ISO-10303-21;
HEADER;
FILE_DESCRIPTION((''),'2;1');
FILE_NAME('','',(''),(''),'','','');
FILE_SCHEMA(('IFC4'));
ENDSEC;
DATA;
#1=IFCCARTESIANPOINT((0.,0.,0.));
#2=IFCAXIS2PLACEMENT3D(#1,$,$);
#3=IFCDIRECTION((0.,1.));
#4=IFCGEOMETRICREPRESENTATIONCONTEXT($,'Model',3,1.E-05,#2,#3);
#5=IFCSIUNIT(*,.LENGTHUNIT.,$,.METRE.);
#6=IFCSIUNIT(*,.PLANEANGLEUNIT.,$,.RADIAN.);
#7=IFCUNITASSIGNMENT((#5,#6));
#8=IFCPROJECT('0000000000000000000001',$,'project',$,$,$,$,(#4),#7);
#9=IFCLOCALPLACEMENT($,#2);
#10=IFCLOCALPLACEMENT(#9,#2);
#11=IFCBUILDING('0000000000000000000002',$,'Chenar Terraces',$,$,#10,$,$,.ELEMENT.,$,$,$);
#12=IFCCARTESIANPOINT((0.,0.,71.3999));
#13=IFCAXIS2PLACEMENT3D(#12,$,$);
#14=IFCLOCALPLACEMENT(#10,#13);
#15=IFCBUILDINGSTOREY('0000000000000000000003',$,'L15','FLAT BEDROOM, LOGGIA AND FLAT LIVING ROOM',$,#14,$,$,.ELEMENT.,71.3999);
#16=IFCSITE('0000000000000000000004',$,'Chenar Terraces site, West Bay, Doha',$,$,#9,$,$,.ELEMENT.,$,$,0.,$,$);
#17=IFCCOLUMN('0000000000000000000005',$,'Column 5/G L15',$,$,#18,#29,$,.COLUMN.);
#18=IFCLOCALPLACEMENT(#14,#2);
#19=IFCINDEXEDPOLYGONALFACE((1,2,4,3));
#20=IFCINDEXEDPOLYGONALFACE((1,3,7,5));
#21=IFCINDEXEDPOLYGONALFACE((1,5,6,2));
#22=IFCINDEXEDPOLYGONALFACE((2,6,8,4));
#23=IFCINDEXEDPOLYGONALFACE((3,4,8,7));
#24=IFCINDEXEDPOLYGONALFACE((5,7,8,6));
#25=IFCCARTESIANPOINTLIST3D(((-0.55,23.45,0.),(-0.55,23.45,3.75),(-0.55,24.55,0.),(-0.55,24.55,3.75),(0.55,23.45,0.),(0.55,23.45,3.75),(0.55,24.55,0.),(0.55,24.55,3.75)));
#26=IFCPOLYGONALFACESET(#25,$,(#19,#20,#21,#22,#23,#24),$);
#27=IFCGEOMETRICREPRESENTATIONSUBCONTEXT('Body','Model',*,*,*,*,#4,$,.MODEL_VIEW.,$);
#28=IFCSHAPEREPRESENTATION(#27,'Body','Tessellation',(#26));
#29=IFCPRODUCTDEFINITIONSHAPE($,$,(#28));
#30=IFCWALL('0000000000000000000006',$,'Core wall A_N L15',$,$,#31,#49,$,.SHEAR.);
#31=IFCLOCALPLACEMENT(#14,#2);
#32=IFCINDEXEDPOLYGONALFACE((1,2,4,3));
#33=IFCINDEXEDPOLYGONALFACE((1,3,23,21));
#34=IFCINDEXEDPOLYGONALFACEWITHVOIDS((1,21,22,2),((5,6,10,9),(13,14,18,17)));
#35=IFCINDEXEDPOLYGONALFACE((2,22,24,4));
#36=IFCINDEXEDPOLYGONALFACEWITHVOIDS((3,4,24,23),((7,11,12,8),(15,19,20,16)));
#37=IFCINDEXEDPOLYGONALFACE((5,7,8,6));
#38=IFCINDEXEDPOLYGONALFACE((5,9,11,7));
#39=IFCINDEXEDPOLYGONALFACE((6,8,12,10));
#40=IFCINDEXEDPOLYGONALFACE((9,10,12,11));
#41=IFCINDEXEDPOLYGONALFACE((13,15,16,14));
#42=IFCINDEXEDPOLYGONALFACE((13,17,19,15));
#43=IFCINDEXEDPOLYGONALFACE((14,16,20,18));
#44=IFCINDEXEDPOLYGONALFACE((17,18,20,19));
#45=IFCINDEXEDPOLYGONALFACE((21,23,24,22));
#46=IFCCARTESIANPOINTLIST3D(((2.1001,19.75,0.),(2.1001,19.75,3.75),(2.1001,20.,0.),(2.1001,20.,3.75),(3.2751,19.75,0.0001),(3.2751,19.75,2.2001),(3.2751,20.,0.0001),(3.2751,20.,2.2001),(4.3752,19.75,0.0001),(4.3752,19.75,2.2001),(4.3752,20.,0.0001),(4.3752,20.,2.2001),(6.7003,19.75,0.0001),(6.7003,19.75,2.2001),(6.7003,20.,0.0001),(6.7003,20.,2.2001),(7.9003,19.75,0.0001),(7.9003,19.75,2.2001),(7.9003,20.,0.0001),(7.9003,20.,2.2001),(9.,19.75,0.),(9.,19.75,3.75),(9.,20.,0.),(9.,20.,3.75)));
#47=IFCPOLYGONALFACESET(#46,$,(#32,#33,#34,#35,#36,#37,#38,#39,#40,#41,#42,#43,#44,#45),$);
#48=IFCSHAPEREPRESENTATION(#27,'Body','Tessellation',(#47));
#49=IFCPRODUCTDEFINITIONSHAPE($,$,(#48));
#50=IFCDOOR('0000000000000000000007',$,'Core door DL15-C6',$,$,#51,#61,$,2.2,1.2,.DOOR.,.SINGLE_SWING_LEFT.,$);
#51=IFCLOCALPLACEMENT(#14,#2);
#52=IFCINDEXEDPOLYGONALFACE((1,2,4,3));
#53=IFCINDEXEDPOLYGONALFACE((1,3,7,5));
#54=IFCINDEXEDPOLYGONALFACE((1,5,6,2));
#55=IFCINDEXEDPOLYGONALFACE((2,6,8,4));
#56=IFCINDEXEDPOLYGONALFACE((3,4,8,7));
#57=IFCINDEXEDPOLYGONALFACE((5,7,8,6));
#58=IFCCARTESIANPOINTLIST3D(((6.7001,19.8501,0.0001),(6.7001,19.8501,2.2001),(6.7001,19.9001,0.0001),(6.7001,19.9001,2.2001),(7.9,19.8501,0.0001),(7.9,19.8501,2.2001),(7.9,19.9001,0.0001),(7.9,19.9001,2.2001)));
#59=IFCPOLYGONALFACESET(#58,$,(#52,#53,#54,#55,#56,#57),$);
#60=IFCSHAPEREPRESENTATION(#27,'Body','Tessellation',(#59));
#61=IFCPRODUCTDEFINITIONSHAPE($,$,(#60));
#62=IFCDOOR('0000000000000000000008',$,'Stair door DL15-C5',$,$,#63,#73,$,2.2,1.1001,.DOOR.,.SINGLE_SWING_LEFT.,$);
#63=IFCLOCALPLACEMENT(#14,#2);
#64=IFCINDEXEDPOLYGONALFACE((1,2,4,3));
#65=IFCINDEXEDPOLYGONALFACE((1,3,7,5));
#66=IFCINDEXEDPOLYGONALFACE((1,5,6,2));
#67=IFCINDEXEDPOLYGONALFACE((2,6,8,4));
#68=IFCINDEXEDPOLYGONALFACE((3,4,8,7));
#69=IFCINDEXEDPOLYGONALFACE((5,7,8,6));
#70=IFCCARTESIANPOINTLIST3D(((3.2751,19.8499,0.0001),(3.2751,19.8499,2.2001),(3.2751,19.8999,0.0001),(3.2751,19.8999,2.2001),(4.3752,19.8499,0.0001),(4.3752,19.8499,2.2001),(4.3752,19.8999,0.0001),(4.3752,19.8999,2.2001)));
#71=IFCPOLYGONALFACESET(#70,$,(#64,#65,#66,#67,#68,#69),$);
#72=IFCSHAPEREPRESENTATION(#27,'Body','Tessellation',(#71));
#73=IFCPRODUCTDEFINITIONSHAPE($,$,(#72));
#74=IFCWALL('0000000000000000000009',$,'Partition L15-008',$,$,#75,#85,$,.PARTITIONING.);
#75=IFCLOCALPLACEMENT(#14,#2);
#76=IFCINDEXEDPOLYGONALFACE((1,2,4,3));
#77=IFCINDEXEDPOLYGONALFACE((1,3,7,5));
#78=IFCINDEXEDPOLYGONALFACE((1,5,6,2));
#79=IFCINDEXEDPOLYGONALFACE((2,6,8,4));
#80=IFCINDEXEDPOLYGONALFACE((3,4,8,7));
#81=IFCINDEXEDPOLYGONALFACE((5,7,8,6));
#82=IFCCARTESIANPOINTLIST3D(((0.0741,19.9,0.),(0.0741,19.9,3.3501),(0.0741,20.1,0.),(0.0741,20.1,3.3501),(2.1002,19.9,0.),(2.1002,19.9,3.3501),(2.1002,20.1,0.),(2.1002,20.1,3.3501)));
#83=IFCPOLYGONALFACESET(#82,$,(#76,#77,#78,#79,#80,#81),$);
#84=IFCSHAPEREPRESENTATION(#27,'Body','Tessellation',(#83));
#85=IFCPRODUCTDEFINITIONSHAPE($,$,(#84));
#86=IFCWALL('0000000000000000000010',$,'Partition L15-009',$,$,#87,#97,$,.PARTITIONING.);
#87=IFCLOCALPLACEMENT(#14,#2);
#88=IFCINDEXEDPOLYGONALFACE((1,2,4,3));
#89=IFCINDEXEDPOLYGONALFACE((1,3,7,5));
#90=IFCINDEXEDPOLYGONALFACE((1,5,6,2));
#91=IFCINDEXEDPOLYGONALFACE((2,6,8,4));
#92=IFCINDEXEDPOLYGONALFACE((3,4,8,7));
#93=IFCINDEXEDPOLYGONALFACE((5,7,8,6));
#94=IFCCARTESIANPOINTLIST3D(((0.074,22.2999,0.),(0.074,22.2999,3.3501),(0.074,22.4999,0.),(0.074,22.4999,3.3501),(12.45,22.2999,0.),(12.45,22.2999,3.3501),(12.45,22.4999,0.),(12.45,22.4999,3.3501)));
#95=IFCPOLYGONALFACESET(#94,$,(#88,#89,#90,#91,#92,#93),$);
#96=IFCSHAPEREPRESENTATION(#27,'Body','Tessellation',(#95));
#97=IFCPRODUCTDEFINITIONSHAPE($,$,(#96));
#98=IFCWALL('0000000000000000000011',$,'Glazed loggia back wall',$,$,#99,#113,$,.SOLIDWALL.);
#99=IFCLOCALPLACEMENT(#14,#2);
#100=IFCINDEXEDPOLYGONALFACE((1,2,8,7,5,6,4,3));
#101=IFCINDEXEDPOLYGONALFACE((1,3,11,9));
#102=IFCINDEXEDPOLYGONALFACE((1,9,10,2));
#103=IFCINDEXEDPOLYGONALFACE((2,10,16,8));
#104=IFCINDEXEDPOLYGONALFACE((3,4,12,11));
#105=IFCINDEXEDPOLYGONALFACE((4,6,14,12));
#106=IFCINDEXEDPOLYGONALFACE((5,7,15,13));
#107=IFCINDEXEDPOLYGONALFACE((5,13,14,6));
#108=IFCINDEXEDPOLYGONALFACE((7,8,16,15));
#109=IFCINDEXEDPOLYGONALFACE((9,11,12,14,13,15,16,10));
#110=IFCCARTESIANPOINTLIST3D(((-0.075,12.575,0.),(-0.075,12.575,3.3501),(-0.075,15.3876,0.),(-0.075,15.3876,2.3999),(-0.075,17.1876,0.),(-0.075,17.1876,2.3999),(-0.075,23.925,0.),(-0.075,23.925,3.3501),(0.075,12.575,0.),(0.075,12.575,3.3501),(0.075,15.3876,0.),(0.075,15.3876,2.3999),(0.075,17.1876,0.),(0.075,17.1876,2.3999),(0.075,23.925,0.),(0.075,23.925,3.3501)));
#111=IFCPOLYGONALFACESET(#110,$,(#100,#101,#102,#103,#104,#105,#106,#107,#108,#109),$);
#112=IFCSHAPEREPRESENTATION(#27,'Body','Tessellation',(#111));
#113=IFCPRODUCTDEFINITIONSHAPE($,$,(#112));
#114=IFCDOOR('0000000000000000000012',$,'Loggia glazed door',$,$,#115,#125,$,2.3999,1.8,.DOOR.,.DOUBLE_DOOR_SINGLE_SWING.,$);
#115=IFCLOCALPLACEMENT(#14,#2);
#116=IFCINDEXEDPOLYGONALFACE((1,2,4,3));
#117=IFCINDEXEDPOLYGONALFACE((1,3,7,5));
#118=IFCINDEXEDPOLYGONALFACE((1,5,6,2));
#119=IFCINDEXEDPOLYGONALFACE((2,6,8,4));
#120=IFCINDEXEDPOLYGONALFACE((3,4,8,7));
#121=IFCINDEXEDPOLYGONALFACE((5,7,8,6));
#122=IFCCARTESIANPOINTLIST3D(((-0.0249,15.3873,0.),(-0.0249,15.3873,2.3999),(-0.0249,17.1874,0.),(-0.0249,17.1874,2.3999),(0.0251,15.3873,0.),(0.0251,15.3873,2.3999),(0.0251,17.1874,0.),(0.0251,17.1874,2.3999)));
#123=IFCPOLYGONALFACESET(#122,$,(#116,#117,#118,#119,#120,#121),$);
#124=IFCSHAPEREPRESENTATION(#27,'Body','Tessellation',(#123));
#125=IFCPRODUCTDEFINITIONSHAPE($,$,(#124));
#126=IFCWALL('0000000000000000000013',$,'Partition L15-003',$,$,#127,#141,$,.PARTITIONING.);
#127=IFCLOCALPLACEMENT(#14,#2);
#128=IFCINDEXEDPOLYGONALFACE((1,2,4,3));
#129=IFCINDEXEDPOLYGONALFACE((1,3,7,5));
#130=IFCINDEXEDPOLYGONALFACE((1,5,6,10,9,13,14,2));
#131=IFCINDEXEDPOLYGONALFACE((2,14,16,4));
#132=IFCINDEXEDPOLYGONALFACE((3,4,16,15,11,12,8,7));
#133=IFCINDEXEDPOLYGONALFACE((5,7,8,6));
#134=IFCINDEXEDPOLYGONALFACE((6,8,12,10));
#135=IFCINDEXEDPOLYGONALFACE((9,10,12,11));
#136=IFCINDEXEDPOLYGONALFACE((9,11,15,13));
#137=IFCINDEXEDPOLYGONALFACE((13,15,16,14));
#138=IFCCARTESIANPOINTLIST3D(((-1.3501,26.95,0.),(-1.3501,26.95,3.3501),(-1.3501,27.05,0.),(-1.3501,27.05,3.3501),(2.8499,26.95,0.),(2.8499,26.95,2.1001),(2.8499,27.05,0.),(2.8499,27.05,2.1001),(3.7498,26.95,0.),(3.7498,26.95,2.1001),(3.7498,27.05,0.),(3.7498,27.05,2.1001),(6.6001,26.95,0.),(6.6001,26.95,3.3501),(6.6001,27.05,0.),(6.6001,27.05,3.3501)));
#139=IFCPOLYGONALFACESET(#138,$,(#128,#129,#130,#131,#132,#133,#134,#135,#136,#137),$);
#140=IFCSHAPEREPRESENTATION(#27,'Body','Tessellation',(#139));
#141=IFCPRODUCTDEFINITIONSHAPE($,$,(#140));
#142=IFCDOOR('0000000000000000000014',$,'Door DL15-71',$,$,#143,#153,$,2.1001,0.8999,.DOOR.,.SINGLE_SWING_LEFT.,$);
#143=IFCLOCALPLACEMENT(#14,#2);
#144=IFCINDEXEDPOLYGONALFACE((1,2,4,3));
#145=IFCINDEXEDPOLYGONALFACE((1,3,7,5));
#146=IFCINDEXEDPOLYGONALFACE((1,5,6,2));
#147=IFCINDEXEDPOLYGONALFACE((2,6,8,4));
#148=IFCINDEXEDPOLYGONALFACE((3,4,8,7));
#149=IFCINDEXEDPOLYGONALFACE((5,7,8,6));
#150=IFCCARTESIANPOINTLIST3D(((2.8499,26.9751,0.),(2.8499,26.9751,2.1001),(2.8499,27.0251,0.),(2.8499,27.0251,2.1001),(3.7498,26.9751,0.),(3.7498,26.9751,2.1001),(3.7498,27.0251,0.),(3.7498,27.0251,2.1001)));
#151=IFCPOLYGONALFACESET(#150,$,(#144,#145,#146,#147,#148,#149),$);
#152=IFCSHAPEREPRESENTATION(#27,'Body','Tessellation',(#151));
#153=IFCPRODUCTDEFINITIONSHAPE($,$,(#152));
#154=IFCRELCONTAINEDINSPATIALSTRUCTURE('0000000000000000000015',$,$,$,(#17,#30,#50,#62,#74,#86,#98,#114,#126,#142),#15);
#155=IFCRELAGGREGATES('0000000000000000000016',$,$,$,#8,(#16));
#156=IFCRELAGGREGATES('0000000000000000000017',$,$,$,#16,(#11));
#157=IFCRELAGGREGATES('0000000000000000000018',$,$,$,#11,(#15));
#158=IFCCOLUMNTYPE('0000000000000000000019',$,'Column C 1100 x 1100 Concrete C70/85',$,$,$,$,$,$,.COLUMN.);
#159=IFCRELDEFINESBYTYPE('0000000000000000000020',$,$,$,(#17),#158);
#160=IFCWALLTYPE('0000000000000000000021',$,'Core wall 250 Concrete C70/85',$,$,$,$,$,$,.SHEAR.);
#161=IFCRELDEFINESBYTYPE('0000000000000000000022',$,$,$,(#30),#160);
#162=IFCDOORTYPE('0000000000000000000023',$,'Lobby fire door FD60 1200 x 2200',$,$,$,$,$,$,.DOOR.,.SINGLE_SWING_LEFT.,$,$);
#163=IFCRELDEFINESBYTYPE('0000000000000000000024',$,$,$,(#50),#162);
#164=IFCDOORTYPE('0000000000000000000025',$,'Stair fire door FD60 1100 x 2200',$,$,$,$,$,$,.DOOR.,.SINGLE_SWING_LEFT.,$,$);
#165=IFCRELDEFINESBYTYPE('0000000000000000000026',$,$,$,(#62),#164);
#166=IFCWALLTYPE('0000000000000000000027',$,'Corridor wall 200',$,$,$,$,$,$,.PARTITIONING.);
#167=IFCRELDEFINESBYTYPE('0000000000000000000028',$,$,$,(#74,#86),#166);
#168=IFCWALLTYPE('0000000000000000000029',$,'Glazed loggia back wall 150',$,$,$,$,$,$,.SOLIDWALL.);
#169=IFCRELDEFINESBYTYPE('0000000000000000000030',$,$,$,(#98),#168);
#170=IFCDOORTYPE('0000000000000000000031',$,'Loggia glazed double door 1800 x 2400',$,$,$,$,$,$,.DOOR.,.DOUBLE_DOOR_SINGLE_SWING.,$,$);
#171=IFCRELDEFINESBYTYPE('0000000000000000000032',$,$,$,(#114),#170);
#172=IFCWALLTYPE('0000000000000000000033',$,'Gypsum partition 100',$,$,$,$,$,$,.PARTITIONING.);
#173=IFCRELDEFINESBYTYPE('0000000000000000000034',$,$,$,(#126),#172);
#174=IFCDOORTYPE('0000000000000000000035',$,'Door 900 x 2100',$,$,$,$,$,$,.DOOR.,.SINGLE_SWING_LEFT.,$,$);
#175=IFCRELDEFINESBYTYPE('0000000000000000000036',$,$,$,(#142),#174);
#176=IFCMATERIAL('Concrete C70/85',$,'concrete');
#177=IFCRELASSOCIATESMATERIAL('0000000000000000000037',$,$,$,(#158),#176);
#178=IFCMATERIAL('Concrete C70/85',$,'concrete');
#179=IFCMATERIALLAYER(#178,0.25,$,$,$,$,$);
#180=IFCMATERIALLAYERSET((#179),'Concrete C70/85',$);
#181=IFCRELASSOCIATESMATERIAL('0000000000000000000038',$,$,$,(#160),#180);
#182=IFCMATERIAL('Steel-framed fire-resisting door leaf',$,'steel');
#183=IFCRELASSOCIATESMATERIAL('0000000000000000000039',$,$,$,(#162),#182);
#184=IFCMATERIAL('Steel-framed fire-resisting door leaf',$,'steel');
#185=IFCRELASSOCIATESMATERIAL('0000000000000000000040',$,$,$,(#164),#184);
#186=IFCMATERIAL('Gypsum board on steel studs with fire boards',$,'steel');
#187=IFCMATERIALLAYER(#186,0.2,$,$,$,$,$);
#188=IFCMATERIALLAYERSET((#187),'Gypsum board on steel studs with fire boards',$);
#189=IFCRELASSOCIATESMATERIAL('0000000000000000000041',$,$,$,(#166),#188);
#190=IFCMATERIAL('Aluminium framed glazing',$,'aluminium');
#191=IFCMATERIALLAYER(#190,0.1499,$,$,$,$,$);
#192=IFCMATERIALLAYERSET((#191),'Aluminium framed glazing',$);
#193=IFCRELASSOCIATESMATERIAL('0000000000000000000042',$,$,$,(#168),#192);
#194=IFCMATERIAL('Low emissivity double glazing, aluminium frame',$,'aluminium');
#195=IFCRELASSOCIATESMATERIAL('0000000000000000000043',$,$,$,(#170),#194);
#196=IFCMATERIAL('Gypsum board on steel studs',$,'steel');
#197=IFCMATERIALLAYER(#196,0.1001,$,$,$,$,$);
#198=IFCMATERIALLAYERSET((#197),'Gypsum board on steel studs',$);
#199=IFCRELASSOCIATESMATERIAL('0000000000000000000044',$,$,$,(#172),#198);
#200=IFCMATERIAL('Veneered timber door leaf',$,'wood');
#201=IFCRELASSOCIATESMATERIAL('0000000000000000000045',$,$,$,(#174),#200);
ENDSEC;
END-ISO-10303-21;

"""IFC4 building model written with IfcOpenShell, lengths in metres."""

from ifc_helpers import new_model, si_unit, direction, frame, frame_2d, origin, origin_2d, place, context, subcontext, project, spatial, rectangle, extrude, material, layer, layer_set, material_profile, profile_set, type_object, element, fill, save


model = new_model("IFC4")

# Units and contexts
model_context = context("Model", 3, precision=1e-05, world=origin(), true_north=direction((0.0, 1.0)))
body_context = subcontext(model_context, "Body", "Model", "MODEL_VIEW")
ifc_project = project(units=[si_unit("LENGTHUNIT", "METRE"), si_unit("PLANEANGLEUNIT", "RADIAN")], contexts=[model_context])

# Site, building, storey
site_placement = place(None, origin())
site = spatial("IfcSite", under=ifc_project, at=site_placement, Name="Chenar Terraces site, West Bay, Doha", CompositionType="ELEMENT", RefElevation=0.0)
building_placement = place(site_placement, origin())
building = spatial("IfcBuilding", under=site, at=building_placement, Name="Chenar Terraces", CompositionType="ELEMENT")
storey_placement = place(building_placement, frame((0.0, 0.0, 71.3999)))
storey = spatial("IfcBuildingStorey", under=building, at=storey_placement, Name="L15", Description="FLAT BEDROOM, LOGGIA AND FLAT LIVING ROOM", CompositionType="ELEMENT", Elevation=71.3999)

# Column
ifc_material_1 = material(Name="Concrete C70/85", Category="concrete")
ifc_material_profile_1 = material_profile(ifc_material_1, rectangle(XDim=1.1001, YDim=1.1001, at=origin_2d()), Name="C 1100 x 1100")
ifc_profile_set_1 = profile_set([ifc_material_profile_1], Name="Concrete C70/85")
column_type = type_object("IfcColumnType", Name="Column C 1100 x 1100 Concrete C70/85", PredefinedType="COLUMN", material=ifc_profile_set_1)
column_placement = place(storey_placement, frame((0.0, 24.0, 0.0), z_axis=(0.0, 0.0, 1.0), x_axis=(1.0, 0.0, 0.0)))
element("IfcColumn", 1, at=column_placement, inside=storey, type_object=column_type, Name="Column 5/G L15", PredefinedType="COLUMN", context=body_context, shape_type="SweptSolid", body=[
    extrude(rectangle(XDim=1.1001, YDim=1.1001, at=origin_2d()), origin(), (0.0, 0.0, 1.0), 3.75),
])

# Wall, openings, doors
ifc_material_2 = material(Name="Concrete C70/85", Category="concrete")
ifc_layer_1 = layer(ifc_material_2, 0.25)
ifc_layer_set_1 = layer_set([ifc_layer_1], Name="Concrete C70/85")
wall_type_1 = type_object("IfcWallType", Name="Core wall 250 Concrete C70/85", PredefinedType="SHEAR", material=ifc_layer_set_1)
wall_1_placement = place(storey_placement, frame((2.1001, 19.875, 0.0), z_axis=(0.0, 0.0, 1.0), x_axis=(1.0, 0.0, 0.0)))
wall_1 = element("IfcWall", 2, at=wall_1_placement, inside=storey, type_object=wall_type_1, Name="Core wall A_N L15", PredefinedType="SHEAR", context=body_context, shape_type="SweptSolid", body=[
    extrude(rectangle(XDim=6.8999, YDim=0.25, at=frame_2d((3.45, 0.0))), origin(), (0.0, 0.0, 1.0), 3.75),
])
opening_1_placement = place(wall_1_placement, frame((1.175, 0.0, 0.0)))
opening_1 = element("IfcOpeningElement", 3, at=opening_1_placement, cuts=wall_1, PredefinedType="OPENING", context=body_context, shape_type="SweptSolid", body=[
    extrude(rectangle(XDim=1.1001, YDim=2.2, at=frame_2d((0.55, 1.1001))), frame((0.0, 0.135, 0.0), z_axis=(0.0, -1.0, 0.0), x_axis=(1.0, 0.0, 0.0)), (0.0, 0.0, 1.0), 0.27),
])
opening_2_placement = place(wall_1_placement, frame((4.6001, 0.0, 0.0)))
opening_2 = element("IfcOpeningElement", 4, at=opening_2_placement, cuts=wall_1, PredefinedType="OPENING", context=body_context, shape_type="SweptSolid", body=[
    extrude(rectangle(XDim=1.2, YDim=2.2, at=frame_2d((0.6001, 1.1001))), frame((0.0, 0.135, 0.0), z_axis=(0.0, -1.0, 0.0), x_axis=(1.0, 0.0, 0.0)), (0.0, 0.0, 1.0), 0.27),
])
ifc_material_3 = material(Name="Steel-framed fire-resisting door leaf", Category="steel")
door_type_1 = type_object("IfcDoorType", Name="Lobby fire door FD60 1200 x 2200", OperationType="SINGLE_SWING_LEFT", PredefinedType="DOOR", material=ifc_material_3)
door_1_placement = place(opening_2_placement, frame((1.2, 0.0, 0.0), z_axis=(0.0, 0.0, 1.0), x_axis=(-1.0, 0.0, 0.0)))
door_1 = element("IfcDoor", 5, at=door_1_placement, inside=storey, type_object=door_type_1, Name="Core door DL15-C6", OperationType="SINGLE_SWING_LEFT", OverallHeight=2.2, OverallWidth=1.2, PredefinedType="DOOR", context=body_context, shape_type="SweptSolid", body=[
    extrude(rectangle(XDim=1.2, YDim=2.2, at=frame_2d((0.6001, 1.1001))), frame((0.0, 0.0249, 0.0), z_axis=(0.0, -1.0, 0.0), x_axis=(1.0, 0.0, 0.0)), (0.0, 0.0, 1.0), 0.05),
])
fill(opening_2, door_1)
ifc_material_4 = material(Name="Steel-framed fire-resisting door leaf", Category="steel")
door_type_2 = type_object("IfcDoorType", Name="Stair fire door FD60 1100 x 2200", OperationType="SINGLE_SWING_LEFT", PredefinedType="DOOR", material=ifc_material_4)
door_2_placement = place(opening_1_placement, origin())
door_2 = element("IfcDoor", 6, at=door_2_placement, inside=storey, type_object=door_type_2, Name="Stair door DL15-C5", OperationType="SINGLE_SWING_LEFT", OverallHeight=2.2, OverallWidth=1.1001, PredefinedType="DOOR", context=body_context, shape_type="SweptSolid", body=[
    extrude(rectangle(XDim=1.1001, YDim=2.2, at=frame_2d((0.55, 1.1001))), frame((0.0, 0.0249, 0.0), z_axis=(0.0, -1.0, 0.0), x_axis=(1.0, 0.0, 0.0)), (0.0, 0.0, 1.0), 0.05),
])
fill(opening_1, door_2)

# Walls
ifc_material_5 = material(Name="Gypsum board on steel studs with fire boards", Category="steel")
ifc_layer_2 = layer(ifc_material_5, 0.2)
ifc_layer_set_2 = layer_set([ifc_layer_2], Name="Gypsum board on steel studs with fire boards")
wall_type_2 = type_object("IfcWallType", Name="Corridor wall 200", PredefinedType="PARTITIONING", material=ifc_layer_set_2)
wall_2_placement = place(storey_placement, frame((0.074, 20.0, 0.0), z_axis=(0.0, 0.0, 1.0), x_axis=(1.0, 0.0, 0.0)))
element("IfcWall", 7, at=wall_2_placement, inside=storey, type_object=wall_type_2, Name="Partition L15-008", PredefinedType="PARTITIONING", context=body_context, shape_type="SweptSolid", body=[
    extrude(rectangle(XDim=2.0261, YDim=0.2, at=frame_2d((1.0132, 0.0))), origin(), (0.0, 0.0, 1.0), 3.3501),
])
wall_3_placement = place(storey_placement, frame((0.074, 22.3999, 0.0), z_axis=(0.0, 0.0, 1.0), x_axis=(1.0, 0.0, 0.0)))
element("IfcWall", 8, at=wall_3_placement, inside=storey, type_object=wall_type_2, Name="Partition L15-009", PredefinedType="PARTITIONING", context=body_context, shape_type="SweptSolid", body=[
    extrude(rectangle(XDim=12.376, YDim=0.2, at=frame_2d((6.188, 0.0))), origin(), (0.0, 0.0, 1.0), 3.3501),
])

# Walls, openings, doors
ifc_material_6 = material(Name="Aluminium framed glazing", Category="aluminium")
ifc_layer_3 = layer(ifc_material_6, 0.1499)
ifc_layer_set_3 = layer_set([ifc_layer_3], Name="Aluminium framed glazing")
wall_type_3 = type_object("IfcWallType", Name="Glazed loggia back wall 150", PredefinedType="SOLIDWALL", material=ifc_layer_set_3)
wall_4_placement = place(storey_placement, frame((0.0, 23.925, 0.0), z_axis=(0.0, 0.0, 1.0), x_axis=(0.0, -1.0, 0.0)))
wall_4 = element("IfcWall", 9, at=wall_4_placement, inside=storey, type_object=wall_type_3, Name="Glazed loggia back wall", PredefinedType="SOLIDWALL", context=body_context, shape_type="SweptSolid", body=[
    extrude(rectangle(XDim=11.3501, YDim=0.1499, at=frame_2d((5.675, 0.0))), origin(), (0.0, 0.0, 1.0), 3.3501),
])
opening_3_placement = place(wall_4_placement, frame((6.7375, 0.0, 0.0)))
opening_3 = element("IfcOpeningElement", 10, at=opening_3_placement, cuts=wall_4, PredefinedType="OPENING", context=body_context, shape_type="SweptSolid", body=[
    extrude(rectangle(XDim=1.8, YDim=2.3999, at=frame_2d((0.8999, 1.2))), frame((0.0, 0.085, 0.0), z_axis=(0.0, -1.0, 0.0), x_axis=(1.0, 0.0, 0.0)), (0.0, 0.0, 1.0), 0.1699),
])
ifc_material_7 = material(Name="Low emissivity double glazing, aluminium frame", Category="aluminium")
door_type_3 = type_object("IfcDoorType", Name="Loggia glazed double door 1800 x 2400", OperationType="DOUBLE_DOOR_SINGLE_SWING", PredefinedType="DOOR", material=ifc_material_7)
door_3_placement = place(opening_3_placement, frame((1.8, 0.0, 0.0), z_axis=(0.0, 0.0, 1.0), x_axis=(-1.0, 0.0, 0.0)))
door_3 = element("IfcDoor", 11, at=door_3_placement, inside=storey, type_object=door_type_3, Name="Loggia glazed door", OperationType="DOUBLE_DOOR_SINGLE_SWING", OverallHeight=2.3999, OverallWidth=1.8, PredefinedType="DOOR", context=body_context, shape_type="SweptSolid", body=[
    extrude(rectangle(XDim=1.8, YDim=2.3999, at=frame_2d((0.8999, 1.2))), frame((0.0, 0.0249, 0.0), z_axis=(0.0, -1.0, 0.0), x_axis=(1.0, 0.0, 0.0)), (0.0, 0.0, 1.0), 0.05),
])
fill(opening_3, door_3)
ifc_material_8 = material(Name="Gypsum board on steel studs", Category="steel")
ifc_layer_4 = layer(ifc_material_8, 0.1001)
ifc_layer_set_4 = layer_set([ifc_layer_4], Name="Gypsum board on steel studs")
wall_type_4 = type_object("IfcWallType", Name="Gypsum partition 100", PredefinedType="PARTITIONING", material=ifc_layer_set_4)
wall_5_placement = place(storey_placement, frame((-1.3501, 27.0, 0.0), z_axis=(0.0, 0.0, 1.0), x_axis=(1.0, 0.0, 0.0)))
wall_5 = element("IfcWall", 12, at=wall_5_placement, inside=storey, type_object=wall_type_4, Name="Partition L15-003", PredefinedType="PARTITIONING", context=body_context, shape_type="SweptSolid", body=[
    extrude(rectangle(XDim=7.9502, YDim=0.1001, at=frame_2d((3.9751, 0.0))), origin(), (0.0, 0.0, 1.0), 3.3501),
])
opening_4_placement = place(wall_5_placement, frame((4.2, 0.0, 0.0)))
opening_4 = element("IfcOpeningElement", 13, at=opening_4_placement, cuts=wall_5, PredefinedType="OPENING", context=body_context, shape_type="SweptSolid", body=[
    extrude(rectangle(XDim=0.8999, YDim=2.1001, at=frame_2d((0.45, 1.05))), frame((0.0, 0.0601, 0.0), z_axis=(0.0, -1.0, 0.0), x_axis=(1.0, 0.0, 0.0)), (0.0, 0.0, 1.0), 0.1201),
])
ifc_material_9 = material(Name="Veneered timber door leaf", Category="wood")
door_type_4 = type_object("IfcDoorType", Name="Door 900 x 2100", OperationType="SINGLE_SWING_LEFT", PredefinedType="DOOR", material=ifc_material_9)
door_4_placement = place(opening_4_placement, frame((0.8999, 0.0, 0.0), z_axis=(0.0, 0.0, 1.0), x_axis=(-1.0, 0.0, 0.0)))
door_4 = element("IfcDoor", 14, at=door_4_placement, inside=storey, type_object=door_type_4, Name="Door DL15-71", OperationType="SINGLE_SWING_LEFT", OverallHeight=2.1001, OverallWidth=0.8999, PredefinedType="DOOR", context=body_context, shape_type="SweptSolid", body=[
    extrude(rectangle(XDim=0.8999, YDim=2.1001, at=frame_2d((0.45, 1.05))), frame((0.0, 0.0249, 0.0), z_axis=(0.0, -1.0, 0.0), x_axis=(1.0, 0.0, 0.0)), (0.0, 0.0, 1.0), 0.05),
])
fill(opening_4, door_4)

save(model, "model.ifc")
